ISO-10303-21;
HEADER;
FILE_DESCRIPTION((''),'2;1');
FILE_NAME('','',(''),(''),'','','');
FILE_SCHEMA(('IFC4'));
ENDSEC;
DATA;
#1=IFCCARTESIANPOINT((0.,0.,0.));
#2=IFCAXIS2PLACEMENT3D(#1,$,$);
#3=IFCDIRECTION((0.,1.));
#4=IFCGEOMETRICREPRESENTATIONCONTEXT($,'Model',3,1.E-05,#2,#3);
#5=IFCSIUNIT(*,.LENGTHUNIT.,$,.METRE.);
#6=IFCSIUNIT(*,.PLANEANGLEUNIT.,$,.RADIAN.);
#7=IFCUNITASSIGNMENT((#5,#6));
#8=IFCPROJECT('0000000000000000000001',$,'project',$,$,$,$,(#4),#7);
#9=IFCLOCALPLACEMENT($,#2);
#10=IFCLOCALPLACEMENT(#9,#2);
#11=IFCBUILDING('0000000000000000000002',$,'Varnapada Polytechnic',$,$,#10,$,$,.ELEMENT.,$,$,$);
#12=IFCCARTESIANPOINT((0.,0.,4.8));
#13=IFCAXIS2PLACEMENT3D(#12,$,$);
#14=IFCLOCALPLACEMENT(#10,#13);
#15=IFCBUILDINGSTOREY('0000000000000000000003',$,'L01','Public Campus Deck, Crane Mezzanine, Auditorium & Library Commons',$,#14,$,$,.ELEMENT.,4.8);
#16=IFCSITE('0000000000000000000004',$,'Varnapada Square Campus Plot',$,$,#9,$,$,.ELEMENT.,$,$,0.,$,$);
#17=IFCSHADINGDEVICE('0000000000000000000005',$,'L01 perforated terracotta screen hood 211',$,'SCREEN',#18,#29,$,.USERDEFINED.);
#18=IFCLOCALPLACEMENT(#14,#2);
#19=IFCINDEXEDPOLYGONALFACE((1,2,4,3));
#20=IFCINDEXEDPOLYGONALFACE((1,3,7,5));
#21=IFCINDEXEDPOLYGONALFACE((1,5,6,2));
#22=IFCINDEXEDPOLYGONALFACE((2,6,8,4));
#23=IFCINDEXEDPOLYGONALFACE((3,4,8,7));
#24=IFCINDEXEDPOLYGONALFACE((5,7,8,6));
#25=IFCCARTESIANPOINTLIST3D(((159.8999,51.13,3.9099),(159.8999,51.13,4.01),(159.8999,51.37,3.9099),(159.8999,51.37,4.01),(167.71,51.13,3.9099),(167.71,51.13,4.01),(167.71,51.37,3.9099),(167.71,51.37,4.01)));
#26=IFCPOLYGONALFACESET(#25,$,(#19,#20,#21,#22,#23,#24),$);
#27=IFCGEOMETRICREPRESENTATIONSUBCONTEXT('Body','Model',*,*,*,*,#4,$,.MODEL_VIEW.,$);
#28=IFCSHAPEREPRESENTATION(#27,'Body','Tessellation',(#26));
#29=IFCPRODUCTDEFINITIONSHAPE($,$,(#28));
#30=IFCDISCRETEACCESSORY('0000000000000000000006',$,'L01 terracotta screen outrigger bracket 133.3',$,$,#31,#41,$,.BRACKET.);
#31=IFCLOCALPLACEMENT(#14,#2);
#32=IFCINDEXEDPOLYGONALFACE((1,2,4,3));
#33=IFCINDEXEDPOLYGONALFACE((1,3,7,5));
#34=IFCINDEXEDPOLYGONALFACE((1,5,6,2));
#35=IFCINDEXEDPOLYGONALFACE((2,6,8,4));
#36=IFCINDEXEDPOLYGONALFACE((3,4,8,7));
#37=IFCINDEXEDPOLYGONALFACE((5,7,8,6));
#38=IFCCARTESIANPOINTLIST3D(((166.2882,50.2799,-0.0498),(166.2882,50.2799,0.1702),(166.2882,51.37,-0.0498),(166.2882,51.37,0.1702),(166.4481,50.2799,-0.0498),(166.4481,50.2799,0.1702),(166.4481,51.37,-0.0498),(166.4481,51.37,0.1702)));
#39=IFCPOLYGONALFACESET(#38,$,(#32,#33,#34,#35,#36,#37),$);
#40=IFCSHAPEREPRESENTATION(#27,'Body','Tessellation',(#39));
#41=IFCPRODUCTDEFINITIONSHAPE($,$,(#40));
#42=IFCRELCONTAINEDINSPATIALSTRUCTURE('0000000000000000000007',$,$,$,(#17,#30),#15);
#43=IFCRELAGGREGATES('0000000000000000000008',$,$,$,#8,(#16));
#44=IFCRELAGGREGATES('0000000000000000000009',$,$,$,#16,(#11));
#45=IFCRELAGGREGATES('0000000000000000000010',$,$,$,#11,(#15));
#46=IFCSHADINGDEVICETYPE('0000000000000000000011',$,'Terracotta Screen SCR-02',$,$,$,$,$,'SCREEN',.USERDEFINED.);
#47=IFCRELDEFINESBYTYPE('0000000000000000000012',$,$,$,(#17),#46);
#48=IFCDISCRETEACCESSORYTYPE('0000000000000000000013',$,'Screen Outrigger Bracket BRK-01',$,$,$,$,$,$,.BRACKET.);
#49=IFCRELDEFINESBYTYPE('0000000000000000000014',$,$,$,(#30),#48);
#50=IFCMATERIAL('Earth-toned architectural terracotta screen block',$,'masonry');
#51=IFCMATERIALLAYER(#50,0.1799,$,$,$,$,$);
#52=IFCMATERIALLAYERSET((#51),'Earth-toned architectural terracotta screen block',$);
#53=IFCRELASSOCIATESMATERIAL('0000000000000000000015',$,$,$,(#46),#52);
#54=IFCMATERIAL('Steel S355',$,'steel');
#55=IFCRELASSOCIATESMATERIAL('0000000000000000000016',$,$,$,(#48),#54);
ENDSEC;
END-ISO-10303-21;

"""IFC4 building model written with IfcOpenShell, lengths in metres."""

from ifc_helpers import new_model, si_unit, direction, frame, origin, origin_2d, place, context, subcontext, project, spatial, rectangle, extrude, material, layer, layer_set, type_object, element, save


model = new_model("IFC4")

# Units and contexts
model_context = context("Model", 3, precision=1e-05, world=origin(), true_north=direction((0.0, 1.0)))
body_context = subcontext(model_context, "Body", "Model", "MODEL_VIEW")
ifc_project = project(units=[si_unit("LENGTHUNIT", "METRE"), si_unit("PLANEANGLEUNIT", "RADIAN")], contexts=[model_context])

# Site, building, storey
site_placement = place(None, origin())
site = spatial("IfcSite", under=ifc_project, at=site_placement, Name="Varnapada Square Campus Plot", CompositionType="ELEMENT", RefElevation=0.0)
building_placement = place(site_placement, origin())
building = spatial("IfcBuilding", under=site, at=building_placement, Name="Varnapada Polytechnic", CompositionType="ELEMENT")
storey_placement = place(building_placement, frame((0.0, 0.0, 4.8)))
storey = spatial("IfcBuildingStorey", under=building, at=storey_placement, Name="L01", Description="Public Campus Deck, Crane Mezzanine, Auditorium & Library Commons", CompositionType="ELEMENT", Elevation=4.8)

# Shading device
ifc_material_1 = material(Name="Earth-toned architectural terracotta screen block", Category="masonry")
ifc_layer = layer(ifc_material_1, 0.1799)
ifc_layer_set = layer_set([ifc_layer], Name="Earth-toned architectural terracotta screen block")
shading_device_type = type_object("IfcShadingDeviceType", Name="Terracotta Screen SCR-02", ElementType="SCREEN", PredefinedType="USERDEFINED", material=ifc_layer_set)
shading_device_placement = place(storey_placement, frame((163.8049, 51.25, 3.9099), z_axis=(0.0, 0.0, 1.0), x_axis=(1.0, 0.0, 0.0)))
element("IfcShadingDevice", 1, at=shading_device_placement, inside=storey, type_object=shading_device_type, Name="L01 perforated terracotta screen hood 211", ObjectType="SCREEN", PredefinedType="USERDEFINED", context=body_context, shape_type="SweptSolid", body=[
    extrude(rectangle(XDim=7.8101, YDim=0.24, at=origin_2d()), origin(), (0.0, 0.0, 1.0), 0.1001),
])

# Discrete accessory
ifc_material_2 = material(Name="Steel S355", Category="steel")
discrete_accessory_type = type_object("IfcDiscreteAccessoryType", Name="Screen Outrigger Bracket BRK-01", PredefinedType="BRACKET", material=ifc_material_2)
discrete_accessory_placement = place(storey_placement, frame((166.3682, 50.825, -0.0498), z_axis=(0.0, 0.0, 1.0), x_axis=(1.0, 0.0, 0.0)))
element("IfcDiscreteAccessory", 2, at=discrete_accessory_placement, inside=storey, type_object=discrete_accessory_type, Name="L01 terracotta screen outrigger bracket 133.3", PredefinedType="BRACKET", context=body_context, shape_type="SweptSolid", body=[
    extrude(rectangle(XDim=0.1599, YDim=1.0901, at=origin_2d()), origin(), (0.0, 0.0, 1.0), 0.22),
])

save(model, "model.ifc")
